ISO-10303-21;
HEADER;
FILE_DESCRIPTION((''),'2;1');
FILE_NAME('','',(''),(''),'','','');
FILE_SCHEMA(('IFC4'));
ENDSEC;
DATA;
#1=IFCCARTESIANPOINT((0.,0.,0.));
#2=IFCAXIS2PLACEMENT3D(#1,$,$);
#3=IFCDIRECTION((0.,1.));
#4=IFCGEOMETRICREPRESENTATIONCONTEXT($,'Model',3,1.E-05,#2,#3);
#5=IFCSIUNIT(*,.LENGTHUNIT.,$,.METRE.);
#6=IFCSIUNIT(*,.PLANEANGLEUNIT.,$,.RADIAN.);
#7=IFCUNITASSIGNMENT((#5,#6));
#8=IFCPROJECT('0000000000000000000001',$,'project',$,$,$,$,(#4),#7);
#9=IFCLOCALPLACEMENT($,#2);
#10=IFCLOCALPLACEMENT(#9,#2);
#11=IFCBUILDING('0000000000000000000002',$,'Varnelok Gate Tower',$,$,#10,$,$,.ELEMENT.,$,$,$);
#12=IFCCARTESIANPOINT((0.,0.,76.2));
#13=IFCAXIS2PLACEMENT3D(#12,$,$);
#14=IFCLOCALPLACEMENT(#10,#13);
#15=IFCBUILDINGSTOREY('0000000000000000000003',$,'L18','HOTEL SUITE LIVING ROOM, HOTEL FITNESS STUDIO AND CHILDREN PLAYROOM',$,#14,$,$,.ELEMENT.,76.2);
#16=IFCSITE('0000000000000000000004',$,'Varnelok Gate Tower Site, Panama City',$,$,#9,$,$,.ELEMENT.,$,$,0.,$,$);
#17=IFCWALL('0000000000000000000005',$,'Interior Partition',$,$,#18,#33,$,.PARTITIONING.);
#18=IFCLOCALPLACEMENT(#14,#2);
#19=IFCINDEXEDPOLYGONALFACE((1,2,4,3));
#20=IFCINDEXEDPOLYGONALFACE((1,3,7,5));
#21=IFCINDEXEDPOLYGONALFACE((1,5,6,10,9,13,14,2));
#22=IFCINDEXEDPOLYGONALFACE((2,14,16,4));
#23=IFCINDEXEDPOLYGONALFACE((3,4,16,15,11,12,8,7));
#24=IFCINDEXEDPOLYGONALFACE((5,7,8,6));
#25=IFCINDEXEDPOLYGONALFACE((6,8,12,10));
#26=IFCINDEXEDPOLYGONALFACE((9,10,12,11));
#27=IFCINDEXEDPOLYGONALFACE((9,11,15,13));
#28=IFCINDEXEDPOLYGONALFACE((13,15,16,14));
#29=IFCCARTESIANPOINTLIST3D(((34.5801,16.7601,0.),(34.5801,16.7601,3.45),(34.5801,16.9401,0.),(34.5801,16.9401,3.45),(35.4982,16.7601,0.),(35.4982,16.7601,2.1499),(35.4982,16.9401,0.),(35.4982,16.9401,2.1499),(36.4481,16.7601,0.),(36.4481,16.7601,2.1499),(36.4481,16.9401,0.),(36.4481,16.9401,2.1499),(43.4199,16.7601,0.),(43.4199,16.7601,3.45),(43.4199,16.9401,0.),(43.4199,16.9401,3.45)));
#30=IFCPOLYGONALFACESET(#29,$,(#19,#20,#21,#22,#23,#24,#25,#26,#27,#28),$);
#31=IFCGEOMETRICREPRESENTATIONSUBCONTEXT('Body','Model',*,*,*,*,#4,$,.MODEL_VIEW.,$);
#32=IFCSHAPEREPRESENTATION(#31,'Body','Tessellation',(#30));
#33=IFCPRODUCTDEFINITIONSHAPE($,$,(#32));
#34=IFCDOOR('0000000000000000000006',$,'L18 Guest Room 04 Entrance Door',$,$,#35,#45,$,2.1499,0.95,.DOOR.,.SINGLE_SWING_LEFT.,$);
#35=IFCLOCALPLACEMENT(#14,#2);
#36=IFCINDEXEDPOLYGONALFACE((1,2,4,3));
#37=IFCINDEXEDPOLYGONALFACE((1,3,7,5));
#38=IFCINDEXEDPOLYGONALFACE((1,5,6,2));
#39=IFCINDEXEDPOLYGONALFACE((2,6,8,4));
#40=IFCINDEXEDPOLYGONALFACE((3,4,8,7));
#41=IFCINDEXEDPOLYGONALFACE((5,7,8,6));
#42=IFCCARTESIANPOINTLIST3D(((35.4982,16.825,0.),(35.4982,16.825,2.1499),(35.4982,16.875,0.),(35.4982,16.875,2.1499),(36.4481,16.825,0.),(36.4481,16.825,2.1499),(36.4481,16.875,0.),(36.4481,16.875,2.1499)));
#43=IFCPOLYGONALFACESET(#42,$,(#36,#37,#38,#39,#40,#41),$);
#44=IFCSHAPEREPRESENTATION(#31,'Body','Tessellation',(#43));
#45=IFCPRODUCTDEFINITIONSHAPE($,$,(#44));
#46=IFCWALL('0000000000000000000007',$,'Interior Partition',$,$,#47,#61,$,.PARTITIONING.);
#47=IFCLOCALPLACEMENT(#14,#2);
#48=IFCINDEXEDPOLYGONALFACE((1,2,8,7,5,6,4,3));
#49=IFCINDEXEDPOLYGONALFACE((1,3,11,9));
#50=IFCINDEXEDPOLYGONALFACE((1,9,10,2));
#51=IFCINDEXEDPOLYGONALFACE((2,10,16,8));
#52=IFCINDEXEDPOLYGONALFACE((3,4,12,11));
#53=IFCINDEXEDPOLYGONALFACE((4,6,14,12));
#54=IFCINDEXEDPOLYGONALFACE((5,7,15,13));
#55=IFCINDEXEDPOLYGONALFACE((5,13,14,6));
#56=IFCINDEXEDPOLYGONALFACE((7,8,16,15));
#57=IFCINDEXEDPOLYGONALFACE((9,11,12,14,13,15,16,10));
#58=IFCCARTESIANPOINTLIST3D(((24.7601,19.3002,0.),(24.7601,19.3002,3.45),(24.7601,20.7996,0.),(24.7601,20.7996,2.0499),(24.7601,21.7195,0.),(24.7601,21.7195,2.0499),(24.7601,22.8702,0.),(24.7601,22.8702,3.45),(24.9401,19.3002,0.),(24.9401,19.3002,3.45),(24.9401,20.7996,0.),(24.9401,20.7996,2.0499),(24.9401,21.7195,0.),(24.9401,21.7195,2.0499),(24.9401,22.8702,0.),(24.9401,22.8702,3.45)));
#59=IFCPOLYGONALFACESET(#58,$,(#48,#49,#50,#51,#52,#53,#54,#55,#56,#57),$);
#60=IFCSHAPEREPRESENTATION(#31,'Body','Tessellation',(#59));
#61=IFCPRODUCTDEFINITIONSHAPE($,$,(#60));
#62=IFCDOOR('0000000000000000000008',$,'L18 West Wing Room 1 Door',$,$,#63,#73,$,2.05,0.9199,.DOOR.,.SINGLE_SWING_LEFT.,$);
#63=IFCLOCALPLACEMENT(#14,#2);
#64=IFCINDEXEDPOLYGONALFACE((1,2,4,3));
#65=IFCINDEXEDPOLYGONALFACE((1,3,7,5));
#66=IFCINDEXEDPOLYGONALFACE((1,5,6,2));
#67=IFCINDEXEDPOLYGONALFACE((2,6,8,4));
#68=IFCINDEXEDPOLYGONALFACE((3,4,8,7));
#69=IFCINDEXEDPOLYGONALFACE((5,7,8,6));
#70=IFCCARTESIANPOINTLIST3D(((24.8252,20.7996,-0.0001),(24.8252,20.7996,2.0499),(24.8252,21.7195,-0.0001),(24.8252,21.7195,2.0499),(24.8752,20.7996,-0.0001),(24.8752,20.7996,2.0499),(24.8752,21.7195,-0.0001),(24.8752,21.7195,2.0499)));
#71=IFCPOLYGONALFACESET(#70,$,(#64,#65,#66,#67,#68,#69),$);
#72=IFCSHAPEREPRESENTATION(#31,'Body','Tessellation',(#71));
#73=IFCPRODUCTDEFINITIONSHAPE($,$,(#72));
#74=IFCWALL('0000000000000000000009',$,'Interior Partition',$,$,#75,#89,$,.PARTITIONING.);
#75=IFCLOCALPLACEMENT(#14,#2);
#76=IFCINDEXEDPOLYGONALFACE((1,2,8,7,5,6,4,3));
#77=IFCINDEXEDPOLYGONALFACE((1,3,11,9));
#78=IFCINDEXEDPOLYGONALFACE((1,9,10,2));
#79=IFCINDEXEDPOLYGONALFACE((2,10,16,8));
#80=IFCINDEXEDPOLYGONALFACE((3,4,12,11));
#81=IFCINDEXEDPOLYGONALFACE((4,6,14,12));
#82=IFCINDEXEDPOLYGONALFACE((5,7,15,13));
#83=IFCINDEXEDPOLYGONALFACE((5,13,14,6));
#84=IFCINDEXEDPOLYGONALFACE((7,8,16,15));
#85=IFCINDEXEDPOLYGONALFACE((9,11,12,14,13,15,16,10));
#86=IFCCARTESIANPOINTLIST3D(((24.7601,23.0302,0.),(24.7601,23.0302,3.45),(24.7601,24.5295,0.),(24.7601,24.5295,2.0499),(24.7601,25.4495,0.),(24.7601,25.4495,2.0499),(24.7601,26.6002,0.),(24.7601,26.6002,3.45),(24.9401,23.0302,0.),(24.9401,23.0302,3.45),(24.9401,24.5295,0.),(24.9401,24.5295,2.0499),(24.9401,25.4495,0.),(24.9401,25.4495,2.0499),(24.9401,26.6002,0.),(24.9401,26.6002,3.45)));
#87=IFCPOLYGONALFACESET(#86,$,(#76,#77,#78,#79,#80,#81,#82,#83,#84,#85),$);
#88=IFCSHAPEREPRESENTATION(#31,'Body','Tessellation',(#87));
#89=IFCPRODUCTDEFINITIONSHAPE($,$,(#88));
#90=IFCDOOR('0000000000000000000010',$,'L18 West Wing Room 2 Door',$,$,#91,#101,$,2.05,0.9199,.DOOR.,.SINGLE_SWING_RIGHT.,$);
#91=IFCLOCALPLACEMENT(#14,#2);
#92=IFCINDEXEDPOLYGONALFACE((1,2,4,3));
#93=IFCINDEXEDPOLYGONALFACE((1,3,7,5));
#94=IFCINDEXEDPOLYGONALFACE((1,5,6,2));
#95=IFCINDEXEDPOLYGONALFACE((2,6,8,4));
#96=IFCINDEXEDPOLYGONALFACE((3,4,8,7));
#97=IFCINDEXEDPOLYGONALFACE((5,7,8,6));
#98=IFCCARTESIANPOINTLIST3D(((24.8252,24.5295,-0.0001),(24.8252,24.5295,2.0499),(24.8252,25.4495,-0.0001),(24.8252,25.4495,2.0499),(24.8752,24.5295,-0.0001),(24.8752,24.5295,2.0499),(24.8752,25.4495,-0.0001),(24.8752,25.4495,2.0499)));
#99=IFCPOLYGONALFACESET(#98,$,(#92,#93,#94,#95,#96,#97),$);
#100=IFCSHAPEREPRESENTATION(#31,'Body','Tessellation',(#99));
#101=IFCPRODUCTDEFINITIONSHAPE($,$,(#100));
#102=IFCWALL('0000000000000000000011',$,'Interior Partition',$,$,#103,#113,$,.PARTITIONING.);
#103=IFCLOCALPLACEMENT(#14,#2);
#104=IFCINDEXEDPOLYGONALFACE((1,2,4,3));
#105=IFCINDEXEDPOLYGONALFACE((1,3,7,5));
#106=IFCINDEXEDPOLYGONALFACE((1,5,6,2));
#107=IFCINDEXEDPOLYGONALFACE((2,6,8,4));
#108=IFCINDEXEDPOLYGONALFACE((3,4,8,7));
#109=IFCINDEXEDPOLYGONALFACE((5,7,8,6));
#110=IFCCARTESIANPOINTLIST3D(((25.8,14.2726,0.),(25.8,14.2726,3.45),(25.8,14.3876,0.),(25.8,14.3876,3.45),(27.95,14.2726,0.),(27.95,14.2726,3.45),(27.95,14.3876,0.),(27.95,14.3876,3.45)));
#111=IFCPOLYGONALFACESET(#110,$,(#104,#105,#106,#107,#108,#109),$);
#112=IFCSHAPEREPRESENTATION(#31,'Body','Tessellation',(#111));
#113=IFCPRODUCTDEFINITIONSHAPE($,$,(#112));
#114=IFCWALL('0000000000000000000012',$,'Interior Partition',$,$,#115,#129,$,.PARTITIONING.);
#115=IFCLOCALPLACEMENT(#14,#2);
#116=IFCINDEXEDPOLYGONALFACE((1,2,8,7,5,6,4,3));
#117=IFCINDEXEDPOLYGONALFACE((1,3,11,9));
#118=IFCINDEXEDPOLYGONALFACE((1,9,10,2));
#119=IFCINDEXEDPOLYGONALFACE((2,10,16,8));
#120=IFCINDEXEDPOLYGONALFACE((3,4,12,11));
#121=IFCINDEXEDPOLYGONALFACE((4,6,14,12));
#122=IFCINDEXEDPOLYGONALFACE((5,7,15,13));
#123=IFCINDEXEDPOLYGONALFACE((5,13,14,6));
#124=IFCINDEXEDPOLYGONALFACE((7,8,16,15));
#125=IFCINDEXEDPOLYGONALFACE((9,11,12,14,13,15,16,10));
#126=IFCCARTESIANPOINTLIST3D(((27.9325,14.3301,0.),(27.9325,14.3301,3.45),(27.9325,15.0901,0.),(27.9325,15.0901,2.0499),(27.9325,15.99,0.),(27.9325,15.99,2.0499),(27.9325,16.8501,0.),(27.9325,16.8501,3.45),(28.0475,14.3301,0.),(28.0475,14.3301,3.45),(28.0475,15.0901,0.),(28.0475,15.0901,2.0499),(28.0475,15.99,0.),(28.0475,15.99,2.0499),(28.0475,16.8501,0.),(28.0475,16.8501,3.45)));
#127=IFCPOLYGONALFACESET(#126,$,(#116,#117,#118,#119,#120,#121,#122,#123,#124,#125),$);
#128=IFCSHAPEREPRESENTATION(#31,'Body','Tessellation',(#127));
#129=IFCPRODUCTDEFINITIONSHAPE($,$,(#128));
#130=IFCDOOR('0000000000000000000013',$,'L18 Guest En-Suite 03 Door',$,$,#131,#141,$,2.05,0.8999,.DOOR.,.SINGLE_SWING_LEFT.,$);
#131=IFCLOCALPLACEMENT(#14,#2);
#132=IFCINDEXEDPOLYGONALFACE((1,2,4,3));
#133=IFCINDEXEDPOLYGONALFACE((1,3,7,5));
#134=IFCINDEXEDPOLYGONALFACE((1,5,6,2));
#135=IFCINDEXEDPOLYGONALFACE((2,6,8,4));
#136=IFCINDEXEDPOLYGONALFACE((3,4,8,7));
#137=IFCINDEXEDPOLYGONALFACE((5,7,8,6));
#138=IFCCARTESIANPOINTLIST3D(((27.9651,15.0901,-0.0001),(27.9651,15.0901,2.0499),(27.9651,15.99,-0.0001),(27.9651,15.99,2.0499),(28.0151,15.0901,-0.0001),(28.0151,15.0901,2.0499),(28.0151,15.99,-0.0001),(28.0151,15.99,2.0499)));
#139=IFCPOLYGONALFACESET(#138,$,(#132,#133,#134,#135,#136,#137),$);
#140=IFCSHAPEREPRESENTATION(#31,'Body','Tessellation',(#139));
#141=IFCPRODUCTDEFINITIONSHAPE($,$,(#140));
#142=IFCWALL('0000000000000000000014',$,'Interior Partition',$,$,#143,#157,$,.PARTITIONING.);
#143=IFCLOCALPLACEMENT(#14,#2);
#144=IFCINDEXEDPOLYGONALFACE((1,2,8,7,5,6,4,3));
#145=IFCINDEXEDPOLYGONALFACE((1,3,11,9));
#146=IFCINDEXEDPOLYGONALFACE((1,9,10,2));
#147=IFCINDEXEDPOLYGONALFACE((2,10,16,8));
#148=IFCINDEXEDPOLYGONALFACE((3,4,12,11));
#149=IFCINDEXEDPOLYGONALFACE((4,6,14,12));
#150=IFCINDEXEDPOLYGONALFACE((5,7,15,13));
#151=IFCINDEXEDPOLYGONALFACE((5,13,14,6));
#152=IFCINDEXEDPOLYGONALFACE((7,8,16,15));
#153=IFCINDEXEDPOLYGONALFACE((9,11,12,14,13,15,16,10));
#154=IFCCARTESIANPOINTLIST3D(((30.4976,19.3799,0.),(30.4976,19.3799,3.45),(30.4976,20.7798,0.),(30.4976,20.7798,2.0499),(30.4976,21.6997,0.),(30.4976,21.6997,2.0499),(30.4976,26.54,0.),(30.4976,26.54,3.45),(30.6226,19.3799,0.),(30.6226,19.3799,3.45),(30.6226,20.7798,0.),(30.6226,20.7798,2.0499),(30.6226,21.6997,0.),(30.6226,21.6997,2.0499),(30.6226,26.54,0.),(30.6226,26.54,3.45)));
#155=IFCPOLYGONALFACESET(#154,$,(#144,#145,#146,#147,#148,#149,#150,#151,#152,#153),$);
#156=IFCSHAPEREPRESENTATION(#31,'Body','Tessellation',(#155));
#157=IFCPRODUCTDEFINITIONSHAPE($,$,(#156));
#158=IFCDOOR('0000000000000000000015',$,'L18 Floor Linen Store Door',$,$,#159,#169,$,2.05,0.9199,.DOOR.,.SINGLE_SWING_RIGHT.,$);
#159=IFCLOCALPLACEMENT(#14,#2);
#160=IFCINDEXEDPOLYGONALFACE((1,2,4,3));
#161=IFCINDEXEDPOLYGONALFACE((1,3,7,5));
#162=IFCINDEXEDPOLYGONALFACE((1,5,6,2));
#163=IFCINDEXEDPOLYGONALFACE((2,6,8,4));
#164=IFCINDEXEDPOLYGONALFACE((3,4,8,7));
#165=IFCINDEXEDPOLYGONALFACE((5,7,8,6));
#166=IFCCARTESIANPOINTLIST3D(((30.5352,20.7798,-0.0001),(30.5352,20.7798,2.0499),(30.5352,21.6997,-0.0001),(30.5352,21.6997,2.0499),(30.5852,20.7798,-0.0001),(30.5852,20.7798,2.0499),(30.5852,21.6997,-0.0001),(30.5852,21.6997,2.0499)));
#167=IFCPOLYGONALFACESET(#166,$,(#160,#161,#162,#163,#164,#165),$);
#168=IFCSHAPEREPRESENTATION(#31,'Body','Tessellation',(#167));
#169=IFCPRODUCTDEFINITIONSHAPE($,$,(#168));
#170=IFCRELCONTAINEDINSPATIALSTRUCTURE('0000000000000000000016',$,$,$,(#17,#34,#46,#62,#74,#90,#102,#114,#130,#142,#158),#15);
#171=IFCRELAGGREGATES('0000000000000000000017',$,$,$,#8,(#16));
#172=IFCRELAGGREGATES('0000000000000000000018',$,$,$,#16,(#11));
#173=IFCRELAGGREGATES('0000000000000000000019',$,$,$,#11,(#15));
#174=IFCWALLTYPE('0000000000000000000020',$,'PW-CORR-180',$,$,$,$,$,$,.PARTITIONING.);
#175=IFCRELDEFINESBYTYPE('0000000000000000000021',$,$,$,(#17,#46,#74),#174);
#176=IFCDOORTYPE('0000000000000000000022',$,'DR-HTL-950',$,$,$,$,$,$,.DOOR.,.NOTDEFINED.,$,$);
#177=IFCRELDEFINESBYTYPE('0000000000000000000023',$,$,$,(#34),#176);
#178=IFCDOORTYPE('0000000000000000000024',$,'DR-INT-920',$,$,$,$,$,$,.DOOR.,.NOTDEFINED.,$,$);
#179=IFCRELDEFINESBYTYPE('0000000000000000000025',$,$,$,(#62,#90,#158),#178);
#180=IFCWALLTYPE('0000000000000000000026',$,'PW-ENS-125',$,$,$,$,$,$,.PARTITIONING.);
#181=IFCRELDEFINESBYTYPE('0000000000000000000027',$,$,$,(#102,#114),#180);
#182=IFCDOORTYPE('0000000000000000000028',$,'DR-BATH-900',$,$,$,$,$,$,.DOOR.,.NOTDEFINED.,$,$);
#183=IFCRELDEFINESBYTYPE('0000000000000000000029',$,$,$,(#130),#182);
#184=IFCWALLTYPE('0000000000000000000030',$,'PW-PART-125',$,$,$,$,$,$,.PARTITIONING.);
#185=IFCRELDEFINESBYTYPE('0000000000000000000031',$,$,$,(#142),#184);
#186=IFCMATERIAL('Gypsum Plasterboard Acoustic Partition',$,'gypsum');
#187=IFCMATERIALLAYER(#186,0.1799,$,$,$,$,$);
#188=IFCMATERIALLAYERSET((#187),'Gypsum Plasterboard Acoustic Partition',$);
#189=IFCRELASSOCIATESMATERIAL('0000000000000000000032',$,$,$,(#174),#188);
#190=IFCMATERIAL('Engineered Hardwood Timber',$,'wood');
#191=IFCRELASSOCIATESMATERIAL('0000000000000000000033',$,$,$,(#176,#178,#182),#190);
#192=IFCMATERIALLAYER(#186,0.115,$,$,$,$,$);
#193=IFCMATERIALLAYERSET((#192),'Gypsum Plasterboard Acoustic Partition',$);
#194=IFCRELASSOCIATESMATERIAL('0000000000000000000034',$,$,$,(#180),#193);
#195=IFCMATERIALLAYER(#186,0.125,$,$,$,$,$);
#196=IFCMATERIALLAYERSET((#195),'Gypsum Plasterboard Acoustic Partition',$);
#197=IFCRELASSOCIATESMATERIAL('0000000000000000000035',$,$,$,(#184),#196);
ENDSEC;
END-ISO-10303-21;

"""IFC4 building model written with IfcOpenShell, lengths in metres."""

from ifc_helpers import new_model, si_unit, direction, frame, frame_2d, origin, place, context, subcontext, project, spatial, rectangle, extrude, material, layer, layer_set, type_object, element, fill, save


model = new_model("IFC4")

# Units and contexts
model_context = context("Model", 3, precision=1e-05, world=origin(), true_north=direction((0.0, 1.0)))
body_context = subcontext(model_context, "Body", "Model", "MODEL_VIEW")
ifc_project = project(units=[si_unit("LENGTHUNIT", "METRE"), si_unit("PLANEANGLEUNIT", "RADIAN")], contexts=[model_context])

# Site, building, storey
site_placement = place(None, origin())
site = spatial("IfcSite", under=ifc_project, at=site_placement, Name="Varnelok Gate Tower Site, Panama City", CompositionType="ELEMENT", RefElevation=0.0)
building_placement = place(site_placement, origin())
building = spatial("IfcBuilding", under=site, at=building_placement, Name="Varnelok Gate Tower", CompositionType="ELEMENT")
storey_placement = place(building_placement, frame((0.0, 0.0, 76.2)))
storey = spatial("IfcBuildingStorey", under=building, at=storey_placement, Name="L18", Description="HOTEL SUITE LIVING ROOM, HOTEL FITNESS STUDIO AND CHILDREN PLAYROOM", CompositionType="ELEMENT", Elevation=76.2)

# Walls, openings, doors
ifc_material_1 = material(Name="Gypsum Plasterboard Acoustic Partition", Category="gypsum")
ifc_layer_1 = layer(ifc_material_1, 0.1799)
ifc_layer_set_1 = layer_set([ifc_layer_1], Name="Gypsum Plasterboard Acoustic Partition")
wall_type_1 = type_object("IfcWallType", Name="PW-CORR-180", PredefinedType="PARTITIONING", material=ifc_layer_set_1)
ifc_material_2 = material(Name="Engineered Hardwood Timber", Category="wood")
door_type_1 = type_object("IfcDoorType", Name="DR-HTL-950", OperationType="NOTDEFINED", PredefinedType="DOOR", material=ifc_material_2)
wall_1_placement = place(storey_placement, frame((34.5801, 16.8501, 0.0), z_axis=(0.0, 0.0, 1.0), x_axis=(1.0, 0.0, 0.0)))
wall_1 = element("IfcWall", 1, at=wall_1_placement, inside=storey, type_object=wall_type_1, Name="Interior Partition", PredefinedType="PARTITIONING", context=body_context, shape_type="SweptSolid", body=[
    extrude(rectangle(XDim=8.8398, YDim=0.1799, at=frame_2d((4.4199, 0.0))), origin(), (0.0, 0.0, 1.0), 3.45),
])
opening_1_placement = place(wall_1_placement, frame((0.918, 0.0, 0.0)))
opening_1 = element("IfcOpeningElement", 2, at=opening_1_placement, cuts=wall_1, PredefinedType="OPENING", context=body_context, shape_type="SweptSolid", body=[
    extrude(rectangle(XDim=0.95, YDim=2.1499, at=frame_2d((0.4751, 1.075))), frame((0.0, 0.0999, 0.0), z_axis=(0.0, -1.0, 0.0), x_axis=(1.0, 0.0, 0.0)), (0.0, 0.0, 1.0), 0.2),
])
door_1_placement = place(opening_1_placement, origin())
door_1 = element("IfcDoor", 3, at=door_1_placement, inside=storey, type_object=door_type_1, Name="L18 Guest Room 04 Entrance Door", OperationType="SINGLE_SWING_LEFT", OverallHeight=2.1499, OverallWidth=0.95, PredefinedType="DOOR", context=body_context, shape_type="SweptSolid", body=[
    extrude(rectangle(XDim=0.95, YDim=2.1499, at=frame_2d((0.4751, 1.075))), frame((0.0, 0.0249, 0.0), z_axis=(0.0, -1.0, 0.0), x_axis=(1.0, 0.0, 0.0)), (0.0, 0.0, 1.0), 0.05),
])
fill(opening_1, door_1)
wall_2_placement = place(storey_placement, frame((24.8501, 19.3, 0.0), z_axis=(0.0, 0.0, 1.0), x_axis=(0.0, 1.0, 0.0)))
wall_2 = element("IfcWall", 4, at=wall_2_placement, inside=storey, type_object=wall_type_1, Name="Interior Partition", PredefinedType="PARTITIONING", context=body_context, shape_type="SweptSolid", body=[
    extrude(rectangle(XDim=3.5701, YDim=0.1799, at=frame_2d((1.7852, 0.0))), origin(), (0.0, 0.0, 1.0), 3.45),
])
opening_2_placement = place(wall_2_placement, frame((1.4995, 0.0, 0.0)))
opening_2 = element("IfcOpeningElement", 5, at=opening_2_placement, cuts=wall_2, PredefinedType="OPENING", context=body_context, shape_type="SweptSolid", body=[
    extrude(rectangle(XDim=0.9199, YDim=2.05, at=frame_2d((0.46, 1.0249))), frame((0.0, 0.0999, 0.0), z_axis=(0.0, -1.0, 0.0), x_axis=(1.0, 0.0, 0.0)), (0.0, 0.0, 1.0), 0.2),
])
door_type_2 = type_object("IfcDoorType", Name="DR-INT-920", OperationType="NOTDEFINED", PredefinedType="DOOR", material=ifc_material_2)
door_2_placement = place(opening_2_placement, origin())
door_2 = element("IfcDoor", 6, at=door_2_placement, inside=storey, type_object=door_type_2, Name="L18 West Wing Room 1 Door", OperationType="SINGLE_SWING_LEFT", OverallHeight=2.05, OverallWidth=0.9199, PredefinedType="DOOR", context=body_context, shape_type="SweptSolid", body=[
    extrude(rectangle(XDim=0.9199, YDim=2.05, at=frame_2d((0.46, 1.0249))), frame((0.0, 0.0249, 0.0), z_axis=(0.0, -1.0, 0.0), x_axis=(1.0, 0.0, 0.0)), (0.0, 0.0, 1.0), 0.05),
])
fill(opening_2, door_2)
wall_3_placement = place(storey_placement, frame((24.8501, 23.03, 0.0), z_axis=(0.0, 0.0, 1.0), x_axis=(0.0, 1.0, 0.0)))
wall_3 = element("IfcWall", 7, at=wall_3_placement, inside=storey, type_object=wall_type_1, Name="Interior Partition", PredefinedType="PARTITIONING", context=body_context, shape_type="SweptSolid", body=[
    extrude(rectangle(XDim=3.5701, YDim=0.1799, at=frame_2d((1.7852, 0.0))), origin(), (0.0, 0.0, 1.0), 3.45),
])
opening_3_placement = place(wall_3_placement, frame((1.4995, 0.0, 0.0)))
opening_3 = element("IfcOpeningElement", 8, at=opening_3_placement, cuts=wall_3, PredefinedType="OPENING", context=body_context, shape_type="SweptSolid", body=[
    extrude(rectangle(XDim=0.9199, YDim=2.05, at=frame_2d((0.46, 1.0249))), frame((0.0, 0.0999, 0.0), z_axis=(0.0, -1.0, 0.0), x_axis=(1.0, 0.0, 0.0)), (0.0, 0.0, 1.0), 0.2),
])
door_3_placement = place(opening_3_placement, origin())
door_3 = element("IfcDoor", 9, at=door_3_placement, inside=storey, type_object=door_type_2, Name="L18 West Wing Room 2 Door", OperationType="SINGLE_SWING_RIGHT", OverallHeight=2.05, OverallWidth=0.9199, PredefinedType="DOOR", context=body_context, shape_type="SweptSolid", body=[
    extrude(rectangle(XDim=0.9199, YDim=2.05, at=frame_2d((0.46, 1.0249))), frame((0.0, 0.0249, 0.0), z_axis=(0.0, -1.0, 0.0), x_axis=(1.0, 0.0, 0.0)), (0.0, 0.0, 1.0), 0.05),
])
fill(opening_3, door_3)

# Wall
ifc_layer_2 = layer(ifc_material_1, 0.115)
ifc_layer_set_2 = layer_set([ifc_layer_2], Name="Gypsum Plasterboard Acoustic Partition")
wall_type_2 = type_object("IfcWallType", Name="PW-ENS-125", PredefinedType="PARTITIONING", material=ifc_layer_set_2)
wall_4_placement = place(storey_placement, frame((25.8, 14.3301, 0.0), z_axis=(0.0, 0.0, 1.0), x_axis=(1.0, 0.0, 0.0)))
element("IfcWall", 10, at=wall_4_placement, inside=storey, type_object=wall_type_2, Name="Interior Partition", PredefinedType="PARTITIONING", context=body_context, shape_type="SweptSolid", body=[
    extrude(rectangle(XDim=2.1499, YDim=0.115, at=frame_2d((1.075, 0.0))), origin(), (0.0, 0.0, 1.0), 3.45),
])

# Walls, openings, doors
wall_5_placement = place(storey_placement, frame((27.99, 14.3301, 0.0), z_axis=(0.0, 0.0, 1.0), x_axis=(0.0, 1.0, 0.0)))
wall_5 = element("IfcWall", 11, at=wall_5_placement, inside=storey, type_object=wall_type_2, Name="Interior Partition", PredefinedType="PARTITIONING", context=body_context, shape_type="SweptSolid", body=[
    extrude(rectangle(XDim=2.52, YDim=0.115, at=frame_2d((1.26, 0.0))), origin(), (0.0, 0.0, 1.0), 3.45),
])
opening_4_placement = place(wall_5_placement, frame((0.76, 0.0, 0.0)))
opening_4 = element("IfcOpeningElement", 12, at=opening_4_placement, cuts=wall_5, PredefinedType="OPENING", context=body_context, shape_type="SweptSolid", body=[
    extrude(rectangle(XDim=0.8999, YDim=2.05, at=frame_2d((0.45, 1.0249))), frame((0.0, 0.0674, 0.0), z_axis=(0.0, -1.0, 0.0), x_axis=(1.0, 0.0, 0.0)), (0.0, 0.0, 1.0), 0.135),
])
door_type_3 = type_object("IfcDoorType", Name="DR-BATH-900", OperationType="NOTDEFINED", PredefinedType="DOOR", material=ifc_material_2)
door_4_placement = place(opening_4_placement, origin())
door_4 = element("IfcDoor", 13, at=door_4_placement, inside=storey, type_object=door_type_3, Name="L18 Guest En-Suite 03 Door", OperationType="SINGLE_SWING_LEFT", OverallHeight=2.05, OverallWidth=0.8999, PredefinedType="DOOR", context=body_context, shape_type="SweptSolid", body=[
    extrude(rectangle(XDim=0.8999, YDim=2.05, at=frame_2d((0.45, 1.0249))), frame((0.0, 0.0249, 0.0), z_axis=(0.0, -1.0, 0.0), x_axis=(1.0, 0.0, 0.0)), (0.0, 0.0, 1.0), 0.05),
])
fill(opening_4, door_4)
ifc_layer_3 = layer(ifc_material_1, 0.125)
ifc_layer_set_3 = layer_set([ifc_layer_3], Name="Gypsum Plasterboard Acoustic Partition")
wall_type_3 = type_object("IfcWallType", Name="PW-PART-125", PredefinedType="PARTITIONING", material=ifc_layer_set_3)
wall_6_placement = place(storey_placement, frame((30.5601, 19.3799, 0.0), z_axis=(0.0, 0.0, 1.0), x_axis=(0.0, 1.0, 0.0)))
wall_6 = element("IfcWall", 14, at=wall_6_placement, inside=storey, type_object=wall_type_3, Name="Interior Partition", PredefinedType="PARTITIONING", context=body_context, shape_type="SweptSolid", body=[
    extrude(rectangle(XDim=7.1602, YDim=0.125, at=frame_2d((3.5801, 0.0))), origin(), (0.0, 0.0, 1.0), 3.45),
])
opening_5_placement = place(wall_6_placement, frame((1.3999, 0.0, 0.0)))
opening_5 = element("IfcOpeningElement", 15, at=opening_5_placement, cuts=wall_6, PredefinedType="OPENING", context=body_context, shape_type="SweptSolid", body=[
    extrude(rectangle(XDim=0.9199, YDim=2.05, at=frame_2d((0.46, 1.0249))), frame((0.0, 0.0725, 0.0), z_axis=(0.0, -1.0, 0.0), x_axis=(1.0, 0.0, 0.0)), (0.0, 0.0, 1.0), 0.145),
])
door_5_placement = place(opening_5_placement, origin())
door_5 = element("IfcDoor", 16, at=door_5_placement, inside=storey, type_object=door_type_2, Name="L18 Floor Linen Store Door", OperationType="SINGLE_SWING_RIGHT", OverallHeight=2.05, OverallWidth=0.9199, PredefinedType="DOOR", context=body_context, shape_type="SweptSolid", body=[
    extrude(rectangle(XDim=0.9199, YDim=2.05, at=frame_2d((0.46, 1.0249))), frame((0.0, 0.0249, 0.0), z_axis=(0.0, -1.0, 0.0), x_axis=(1.0, 0.0, 0.0)), (0.0, 0.0, 1.0), 0.05),
])
fill(opening_5, door_5)

save(model, "model.ifc")
